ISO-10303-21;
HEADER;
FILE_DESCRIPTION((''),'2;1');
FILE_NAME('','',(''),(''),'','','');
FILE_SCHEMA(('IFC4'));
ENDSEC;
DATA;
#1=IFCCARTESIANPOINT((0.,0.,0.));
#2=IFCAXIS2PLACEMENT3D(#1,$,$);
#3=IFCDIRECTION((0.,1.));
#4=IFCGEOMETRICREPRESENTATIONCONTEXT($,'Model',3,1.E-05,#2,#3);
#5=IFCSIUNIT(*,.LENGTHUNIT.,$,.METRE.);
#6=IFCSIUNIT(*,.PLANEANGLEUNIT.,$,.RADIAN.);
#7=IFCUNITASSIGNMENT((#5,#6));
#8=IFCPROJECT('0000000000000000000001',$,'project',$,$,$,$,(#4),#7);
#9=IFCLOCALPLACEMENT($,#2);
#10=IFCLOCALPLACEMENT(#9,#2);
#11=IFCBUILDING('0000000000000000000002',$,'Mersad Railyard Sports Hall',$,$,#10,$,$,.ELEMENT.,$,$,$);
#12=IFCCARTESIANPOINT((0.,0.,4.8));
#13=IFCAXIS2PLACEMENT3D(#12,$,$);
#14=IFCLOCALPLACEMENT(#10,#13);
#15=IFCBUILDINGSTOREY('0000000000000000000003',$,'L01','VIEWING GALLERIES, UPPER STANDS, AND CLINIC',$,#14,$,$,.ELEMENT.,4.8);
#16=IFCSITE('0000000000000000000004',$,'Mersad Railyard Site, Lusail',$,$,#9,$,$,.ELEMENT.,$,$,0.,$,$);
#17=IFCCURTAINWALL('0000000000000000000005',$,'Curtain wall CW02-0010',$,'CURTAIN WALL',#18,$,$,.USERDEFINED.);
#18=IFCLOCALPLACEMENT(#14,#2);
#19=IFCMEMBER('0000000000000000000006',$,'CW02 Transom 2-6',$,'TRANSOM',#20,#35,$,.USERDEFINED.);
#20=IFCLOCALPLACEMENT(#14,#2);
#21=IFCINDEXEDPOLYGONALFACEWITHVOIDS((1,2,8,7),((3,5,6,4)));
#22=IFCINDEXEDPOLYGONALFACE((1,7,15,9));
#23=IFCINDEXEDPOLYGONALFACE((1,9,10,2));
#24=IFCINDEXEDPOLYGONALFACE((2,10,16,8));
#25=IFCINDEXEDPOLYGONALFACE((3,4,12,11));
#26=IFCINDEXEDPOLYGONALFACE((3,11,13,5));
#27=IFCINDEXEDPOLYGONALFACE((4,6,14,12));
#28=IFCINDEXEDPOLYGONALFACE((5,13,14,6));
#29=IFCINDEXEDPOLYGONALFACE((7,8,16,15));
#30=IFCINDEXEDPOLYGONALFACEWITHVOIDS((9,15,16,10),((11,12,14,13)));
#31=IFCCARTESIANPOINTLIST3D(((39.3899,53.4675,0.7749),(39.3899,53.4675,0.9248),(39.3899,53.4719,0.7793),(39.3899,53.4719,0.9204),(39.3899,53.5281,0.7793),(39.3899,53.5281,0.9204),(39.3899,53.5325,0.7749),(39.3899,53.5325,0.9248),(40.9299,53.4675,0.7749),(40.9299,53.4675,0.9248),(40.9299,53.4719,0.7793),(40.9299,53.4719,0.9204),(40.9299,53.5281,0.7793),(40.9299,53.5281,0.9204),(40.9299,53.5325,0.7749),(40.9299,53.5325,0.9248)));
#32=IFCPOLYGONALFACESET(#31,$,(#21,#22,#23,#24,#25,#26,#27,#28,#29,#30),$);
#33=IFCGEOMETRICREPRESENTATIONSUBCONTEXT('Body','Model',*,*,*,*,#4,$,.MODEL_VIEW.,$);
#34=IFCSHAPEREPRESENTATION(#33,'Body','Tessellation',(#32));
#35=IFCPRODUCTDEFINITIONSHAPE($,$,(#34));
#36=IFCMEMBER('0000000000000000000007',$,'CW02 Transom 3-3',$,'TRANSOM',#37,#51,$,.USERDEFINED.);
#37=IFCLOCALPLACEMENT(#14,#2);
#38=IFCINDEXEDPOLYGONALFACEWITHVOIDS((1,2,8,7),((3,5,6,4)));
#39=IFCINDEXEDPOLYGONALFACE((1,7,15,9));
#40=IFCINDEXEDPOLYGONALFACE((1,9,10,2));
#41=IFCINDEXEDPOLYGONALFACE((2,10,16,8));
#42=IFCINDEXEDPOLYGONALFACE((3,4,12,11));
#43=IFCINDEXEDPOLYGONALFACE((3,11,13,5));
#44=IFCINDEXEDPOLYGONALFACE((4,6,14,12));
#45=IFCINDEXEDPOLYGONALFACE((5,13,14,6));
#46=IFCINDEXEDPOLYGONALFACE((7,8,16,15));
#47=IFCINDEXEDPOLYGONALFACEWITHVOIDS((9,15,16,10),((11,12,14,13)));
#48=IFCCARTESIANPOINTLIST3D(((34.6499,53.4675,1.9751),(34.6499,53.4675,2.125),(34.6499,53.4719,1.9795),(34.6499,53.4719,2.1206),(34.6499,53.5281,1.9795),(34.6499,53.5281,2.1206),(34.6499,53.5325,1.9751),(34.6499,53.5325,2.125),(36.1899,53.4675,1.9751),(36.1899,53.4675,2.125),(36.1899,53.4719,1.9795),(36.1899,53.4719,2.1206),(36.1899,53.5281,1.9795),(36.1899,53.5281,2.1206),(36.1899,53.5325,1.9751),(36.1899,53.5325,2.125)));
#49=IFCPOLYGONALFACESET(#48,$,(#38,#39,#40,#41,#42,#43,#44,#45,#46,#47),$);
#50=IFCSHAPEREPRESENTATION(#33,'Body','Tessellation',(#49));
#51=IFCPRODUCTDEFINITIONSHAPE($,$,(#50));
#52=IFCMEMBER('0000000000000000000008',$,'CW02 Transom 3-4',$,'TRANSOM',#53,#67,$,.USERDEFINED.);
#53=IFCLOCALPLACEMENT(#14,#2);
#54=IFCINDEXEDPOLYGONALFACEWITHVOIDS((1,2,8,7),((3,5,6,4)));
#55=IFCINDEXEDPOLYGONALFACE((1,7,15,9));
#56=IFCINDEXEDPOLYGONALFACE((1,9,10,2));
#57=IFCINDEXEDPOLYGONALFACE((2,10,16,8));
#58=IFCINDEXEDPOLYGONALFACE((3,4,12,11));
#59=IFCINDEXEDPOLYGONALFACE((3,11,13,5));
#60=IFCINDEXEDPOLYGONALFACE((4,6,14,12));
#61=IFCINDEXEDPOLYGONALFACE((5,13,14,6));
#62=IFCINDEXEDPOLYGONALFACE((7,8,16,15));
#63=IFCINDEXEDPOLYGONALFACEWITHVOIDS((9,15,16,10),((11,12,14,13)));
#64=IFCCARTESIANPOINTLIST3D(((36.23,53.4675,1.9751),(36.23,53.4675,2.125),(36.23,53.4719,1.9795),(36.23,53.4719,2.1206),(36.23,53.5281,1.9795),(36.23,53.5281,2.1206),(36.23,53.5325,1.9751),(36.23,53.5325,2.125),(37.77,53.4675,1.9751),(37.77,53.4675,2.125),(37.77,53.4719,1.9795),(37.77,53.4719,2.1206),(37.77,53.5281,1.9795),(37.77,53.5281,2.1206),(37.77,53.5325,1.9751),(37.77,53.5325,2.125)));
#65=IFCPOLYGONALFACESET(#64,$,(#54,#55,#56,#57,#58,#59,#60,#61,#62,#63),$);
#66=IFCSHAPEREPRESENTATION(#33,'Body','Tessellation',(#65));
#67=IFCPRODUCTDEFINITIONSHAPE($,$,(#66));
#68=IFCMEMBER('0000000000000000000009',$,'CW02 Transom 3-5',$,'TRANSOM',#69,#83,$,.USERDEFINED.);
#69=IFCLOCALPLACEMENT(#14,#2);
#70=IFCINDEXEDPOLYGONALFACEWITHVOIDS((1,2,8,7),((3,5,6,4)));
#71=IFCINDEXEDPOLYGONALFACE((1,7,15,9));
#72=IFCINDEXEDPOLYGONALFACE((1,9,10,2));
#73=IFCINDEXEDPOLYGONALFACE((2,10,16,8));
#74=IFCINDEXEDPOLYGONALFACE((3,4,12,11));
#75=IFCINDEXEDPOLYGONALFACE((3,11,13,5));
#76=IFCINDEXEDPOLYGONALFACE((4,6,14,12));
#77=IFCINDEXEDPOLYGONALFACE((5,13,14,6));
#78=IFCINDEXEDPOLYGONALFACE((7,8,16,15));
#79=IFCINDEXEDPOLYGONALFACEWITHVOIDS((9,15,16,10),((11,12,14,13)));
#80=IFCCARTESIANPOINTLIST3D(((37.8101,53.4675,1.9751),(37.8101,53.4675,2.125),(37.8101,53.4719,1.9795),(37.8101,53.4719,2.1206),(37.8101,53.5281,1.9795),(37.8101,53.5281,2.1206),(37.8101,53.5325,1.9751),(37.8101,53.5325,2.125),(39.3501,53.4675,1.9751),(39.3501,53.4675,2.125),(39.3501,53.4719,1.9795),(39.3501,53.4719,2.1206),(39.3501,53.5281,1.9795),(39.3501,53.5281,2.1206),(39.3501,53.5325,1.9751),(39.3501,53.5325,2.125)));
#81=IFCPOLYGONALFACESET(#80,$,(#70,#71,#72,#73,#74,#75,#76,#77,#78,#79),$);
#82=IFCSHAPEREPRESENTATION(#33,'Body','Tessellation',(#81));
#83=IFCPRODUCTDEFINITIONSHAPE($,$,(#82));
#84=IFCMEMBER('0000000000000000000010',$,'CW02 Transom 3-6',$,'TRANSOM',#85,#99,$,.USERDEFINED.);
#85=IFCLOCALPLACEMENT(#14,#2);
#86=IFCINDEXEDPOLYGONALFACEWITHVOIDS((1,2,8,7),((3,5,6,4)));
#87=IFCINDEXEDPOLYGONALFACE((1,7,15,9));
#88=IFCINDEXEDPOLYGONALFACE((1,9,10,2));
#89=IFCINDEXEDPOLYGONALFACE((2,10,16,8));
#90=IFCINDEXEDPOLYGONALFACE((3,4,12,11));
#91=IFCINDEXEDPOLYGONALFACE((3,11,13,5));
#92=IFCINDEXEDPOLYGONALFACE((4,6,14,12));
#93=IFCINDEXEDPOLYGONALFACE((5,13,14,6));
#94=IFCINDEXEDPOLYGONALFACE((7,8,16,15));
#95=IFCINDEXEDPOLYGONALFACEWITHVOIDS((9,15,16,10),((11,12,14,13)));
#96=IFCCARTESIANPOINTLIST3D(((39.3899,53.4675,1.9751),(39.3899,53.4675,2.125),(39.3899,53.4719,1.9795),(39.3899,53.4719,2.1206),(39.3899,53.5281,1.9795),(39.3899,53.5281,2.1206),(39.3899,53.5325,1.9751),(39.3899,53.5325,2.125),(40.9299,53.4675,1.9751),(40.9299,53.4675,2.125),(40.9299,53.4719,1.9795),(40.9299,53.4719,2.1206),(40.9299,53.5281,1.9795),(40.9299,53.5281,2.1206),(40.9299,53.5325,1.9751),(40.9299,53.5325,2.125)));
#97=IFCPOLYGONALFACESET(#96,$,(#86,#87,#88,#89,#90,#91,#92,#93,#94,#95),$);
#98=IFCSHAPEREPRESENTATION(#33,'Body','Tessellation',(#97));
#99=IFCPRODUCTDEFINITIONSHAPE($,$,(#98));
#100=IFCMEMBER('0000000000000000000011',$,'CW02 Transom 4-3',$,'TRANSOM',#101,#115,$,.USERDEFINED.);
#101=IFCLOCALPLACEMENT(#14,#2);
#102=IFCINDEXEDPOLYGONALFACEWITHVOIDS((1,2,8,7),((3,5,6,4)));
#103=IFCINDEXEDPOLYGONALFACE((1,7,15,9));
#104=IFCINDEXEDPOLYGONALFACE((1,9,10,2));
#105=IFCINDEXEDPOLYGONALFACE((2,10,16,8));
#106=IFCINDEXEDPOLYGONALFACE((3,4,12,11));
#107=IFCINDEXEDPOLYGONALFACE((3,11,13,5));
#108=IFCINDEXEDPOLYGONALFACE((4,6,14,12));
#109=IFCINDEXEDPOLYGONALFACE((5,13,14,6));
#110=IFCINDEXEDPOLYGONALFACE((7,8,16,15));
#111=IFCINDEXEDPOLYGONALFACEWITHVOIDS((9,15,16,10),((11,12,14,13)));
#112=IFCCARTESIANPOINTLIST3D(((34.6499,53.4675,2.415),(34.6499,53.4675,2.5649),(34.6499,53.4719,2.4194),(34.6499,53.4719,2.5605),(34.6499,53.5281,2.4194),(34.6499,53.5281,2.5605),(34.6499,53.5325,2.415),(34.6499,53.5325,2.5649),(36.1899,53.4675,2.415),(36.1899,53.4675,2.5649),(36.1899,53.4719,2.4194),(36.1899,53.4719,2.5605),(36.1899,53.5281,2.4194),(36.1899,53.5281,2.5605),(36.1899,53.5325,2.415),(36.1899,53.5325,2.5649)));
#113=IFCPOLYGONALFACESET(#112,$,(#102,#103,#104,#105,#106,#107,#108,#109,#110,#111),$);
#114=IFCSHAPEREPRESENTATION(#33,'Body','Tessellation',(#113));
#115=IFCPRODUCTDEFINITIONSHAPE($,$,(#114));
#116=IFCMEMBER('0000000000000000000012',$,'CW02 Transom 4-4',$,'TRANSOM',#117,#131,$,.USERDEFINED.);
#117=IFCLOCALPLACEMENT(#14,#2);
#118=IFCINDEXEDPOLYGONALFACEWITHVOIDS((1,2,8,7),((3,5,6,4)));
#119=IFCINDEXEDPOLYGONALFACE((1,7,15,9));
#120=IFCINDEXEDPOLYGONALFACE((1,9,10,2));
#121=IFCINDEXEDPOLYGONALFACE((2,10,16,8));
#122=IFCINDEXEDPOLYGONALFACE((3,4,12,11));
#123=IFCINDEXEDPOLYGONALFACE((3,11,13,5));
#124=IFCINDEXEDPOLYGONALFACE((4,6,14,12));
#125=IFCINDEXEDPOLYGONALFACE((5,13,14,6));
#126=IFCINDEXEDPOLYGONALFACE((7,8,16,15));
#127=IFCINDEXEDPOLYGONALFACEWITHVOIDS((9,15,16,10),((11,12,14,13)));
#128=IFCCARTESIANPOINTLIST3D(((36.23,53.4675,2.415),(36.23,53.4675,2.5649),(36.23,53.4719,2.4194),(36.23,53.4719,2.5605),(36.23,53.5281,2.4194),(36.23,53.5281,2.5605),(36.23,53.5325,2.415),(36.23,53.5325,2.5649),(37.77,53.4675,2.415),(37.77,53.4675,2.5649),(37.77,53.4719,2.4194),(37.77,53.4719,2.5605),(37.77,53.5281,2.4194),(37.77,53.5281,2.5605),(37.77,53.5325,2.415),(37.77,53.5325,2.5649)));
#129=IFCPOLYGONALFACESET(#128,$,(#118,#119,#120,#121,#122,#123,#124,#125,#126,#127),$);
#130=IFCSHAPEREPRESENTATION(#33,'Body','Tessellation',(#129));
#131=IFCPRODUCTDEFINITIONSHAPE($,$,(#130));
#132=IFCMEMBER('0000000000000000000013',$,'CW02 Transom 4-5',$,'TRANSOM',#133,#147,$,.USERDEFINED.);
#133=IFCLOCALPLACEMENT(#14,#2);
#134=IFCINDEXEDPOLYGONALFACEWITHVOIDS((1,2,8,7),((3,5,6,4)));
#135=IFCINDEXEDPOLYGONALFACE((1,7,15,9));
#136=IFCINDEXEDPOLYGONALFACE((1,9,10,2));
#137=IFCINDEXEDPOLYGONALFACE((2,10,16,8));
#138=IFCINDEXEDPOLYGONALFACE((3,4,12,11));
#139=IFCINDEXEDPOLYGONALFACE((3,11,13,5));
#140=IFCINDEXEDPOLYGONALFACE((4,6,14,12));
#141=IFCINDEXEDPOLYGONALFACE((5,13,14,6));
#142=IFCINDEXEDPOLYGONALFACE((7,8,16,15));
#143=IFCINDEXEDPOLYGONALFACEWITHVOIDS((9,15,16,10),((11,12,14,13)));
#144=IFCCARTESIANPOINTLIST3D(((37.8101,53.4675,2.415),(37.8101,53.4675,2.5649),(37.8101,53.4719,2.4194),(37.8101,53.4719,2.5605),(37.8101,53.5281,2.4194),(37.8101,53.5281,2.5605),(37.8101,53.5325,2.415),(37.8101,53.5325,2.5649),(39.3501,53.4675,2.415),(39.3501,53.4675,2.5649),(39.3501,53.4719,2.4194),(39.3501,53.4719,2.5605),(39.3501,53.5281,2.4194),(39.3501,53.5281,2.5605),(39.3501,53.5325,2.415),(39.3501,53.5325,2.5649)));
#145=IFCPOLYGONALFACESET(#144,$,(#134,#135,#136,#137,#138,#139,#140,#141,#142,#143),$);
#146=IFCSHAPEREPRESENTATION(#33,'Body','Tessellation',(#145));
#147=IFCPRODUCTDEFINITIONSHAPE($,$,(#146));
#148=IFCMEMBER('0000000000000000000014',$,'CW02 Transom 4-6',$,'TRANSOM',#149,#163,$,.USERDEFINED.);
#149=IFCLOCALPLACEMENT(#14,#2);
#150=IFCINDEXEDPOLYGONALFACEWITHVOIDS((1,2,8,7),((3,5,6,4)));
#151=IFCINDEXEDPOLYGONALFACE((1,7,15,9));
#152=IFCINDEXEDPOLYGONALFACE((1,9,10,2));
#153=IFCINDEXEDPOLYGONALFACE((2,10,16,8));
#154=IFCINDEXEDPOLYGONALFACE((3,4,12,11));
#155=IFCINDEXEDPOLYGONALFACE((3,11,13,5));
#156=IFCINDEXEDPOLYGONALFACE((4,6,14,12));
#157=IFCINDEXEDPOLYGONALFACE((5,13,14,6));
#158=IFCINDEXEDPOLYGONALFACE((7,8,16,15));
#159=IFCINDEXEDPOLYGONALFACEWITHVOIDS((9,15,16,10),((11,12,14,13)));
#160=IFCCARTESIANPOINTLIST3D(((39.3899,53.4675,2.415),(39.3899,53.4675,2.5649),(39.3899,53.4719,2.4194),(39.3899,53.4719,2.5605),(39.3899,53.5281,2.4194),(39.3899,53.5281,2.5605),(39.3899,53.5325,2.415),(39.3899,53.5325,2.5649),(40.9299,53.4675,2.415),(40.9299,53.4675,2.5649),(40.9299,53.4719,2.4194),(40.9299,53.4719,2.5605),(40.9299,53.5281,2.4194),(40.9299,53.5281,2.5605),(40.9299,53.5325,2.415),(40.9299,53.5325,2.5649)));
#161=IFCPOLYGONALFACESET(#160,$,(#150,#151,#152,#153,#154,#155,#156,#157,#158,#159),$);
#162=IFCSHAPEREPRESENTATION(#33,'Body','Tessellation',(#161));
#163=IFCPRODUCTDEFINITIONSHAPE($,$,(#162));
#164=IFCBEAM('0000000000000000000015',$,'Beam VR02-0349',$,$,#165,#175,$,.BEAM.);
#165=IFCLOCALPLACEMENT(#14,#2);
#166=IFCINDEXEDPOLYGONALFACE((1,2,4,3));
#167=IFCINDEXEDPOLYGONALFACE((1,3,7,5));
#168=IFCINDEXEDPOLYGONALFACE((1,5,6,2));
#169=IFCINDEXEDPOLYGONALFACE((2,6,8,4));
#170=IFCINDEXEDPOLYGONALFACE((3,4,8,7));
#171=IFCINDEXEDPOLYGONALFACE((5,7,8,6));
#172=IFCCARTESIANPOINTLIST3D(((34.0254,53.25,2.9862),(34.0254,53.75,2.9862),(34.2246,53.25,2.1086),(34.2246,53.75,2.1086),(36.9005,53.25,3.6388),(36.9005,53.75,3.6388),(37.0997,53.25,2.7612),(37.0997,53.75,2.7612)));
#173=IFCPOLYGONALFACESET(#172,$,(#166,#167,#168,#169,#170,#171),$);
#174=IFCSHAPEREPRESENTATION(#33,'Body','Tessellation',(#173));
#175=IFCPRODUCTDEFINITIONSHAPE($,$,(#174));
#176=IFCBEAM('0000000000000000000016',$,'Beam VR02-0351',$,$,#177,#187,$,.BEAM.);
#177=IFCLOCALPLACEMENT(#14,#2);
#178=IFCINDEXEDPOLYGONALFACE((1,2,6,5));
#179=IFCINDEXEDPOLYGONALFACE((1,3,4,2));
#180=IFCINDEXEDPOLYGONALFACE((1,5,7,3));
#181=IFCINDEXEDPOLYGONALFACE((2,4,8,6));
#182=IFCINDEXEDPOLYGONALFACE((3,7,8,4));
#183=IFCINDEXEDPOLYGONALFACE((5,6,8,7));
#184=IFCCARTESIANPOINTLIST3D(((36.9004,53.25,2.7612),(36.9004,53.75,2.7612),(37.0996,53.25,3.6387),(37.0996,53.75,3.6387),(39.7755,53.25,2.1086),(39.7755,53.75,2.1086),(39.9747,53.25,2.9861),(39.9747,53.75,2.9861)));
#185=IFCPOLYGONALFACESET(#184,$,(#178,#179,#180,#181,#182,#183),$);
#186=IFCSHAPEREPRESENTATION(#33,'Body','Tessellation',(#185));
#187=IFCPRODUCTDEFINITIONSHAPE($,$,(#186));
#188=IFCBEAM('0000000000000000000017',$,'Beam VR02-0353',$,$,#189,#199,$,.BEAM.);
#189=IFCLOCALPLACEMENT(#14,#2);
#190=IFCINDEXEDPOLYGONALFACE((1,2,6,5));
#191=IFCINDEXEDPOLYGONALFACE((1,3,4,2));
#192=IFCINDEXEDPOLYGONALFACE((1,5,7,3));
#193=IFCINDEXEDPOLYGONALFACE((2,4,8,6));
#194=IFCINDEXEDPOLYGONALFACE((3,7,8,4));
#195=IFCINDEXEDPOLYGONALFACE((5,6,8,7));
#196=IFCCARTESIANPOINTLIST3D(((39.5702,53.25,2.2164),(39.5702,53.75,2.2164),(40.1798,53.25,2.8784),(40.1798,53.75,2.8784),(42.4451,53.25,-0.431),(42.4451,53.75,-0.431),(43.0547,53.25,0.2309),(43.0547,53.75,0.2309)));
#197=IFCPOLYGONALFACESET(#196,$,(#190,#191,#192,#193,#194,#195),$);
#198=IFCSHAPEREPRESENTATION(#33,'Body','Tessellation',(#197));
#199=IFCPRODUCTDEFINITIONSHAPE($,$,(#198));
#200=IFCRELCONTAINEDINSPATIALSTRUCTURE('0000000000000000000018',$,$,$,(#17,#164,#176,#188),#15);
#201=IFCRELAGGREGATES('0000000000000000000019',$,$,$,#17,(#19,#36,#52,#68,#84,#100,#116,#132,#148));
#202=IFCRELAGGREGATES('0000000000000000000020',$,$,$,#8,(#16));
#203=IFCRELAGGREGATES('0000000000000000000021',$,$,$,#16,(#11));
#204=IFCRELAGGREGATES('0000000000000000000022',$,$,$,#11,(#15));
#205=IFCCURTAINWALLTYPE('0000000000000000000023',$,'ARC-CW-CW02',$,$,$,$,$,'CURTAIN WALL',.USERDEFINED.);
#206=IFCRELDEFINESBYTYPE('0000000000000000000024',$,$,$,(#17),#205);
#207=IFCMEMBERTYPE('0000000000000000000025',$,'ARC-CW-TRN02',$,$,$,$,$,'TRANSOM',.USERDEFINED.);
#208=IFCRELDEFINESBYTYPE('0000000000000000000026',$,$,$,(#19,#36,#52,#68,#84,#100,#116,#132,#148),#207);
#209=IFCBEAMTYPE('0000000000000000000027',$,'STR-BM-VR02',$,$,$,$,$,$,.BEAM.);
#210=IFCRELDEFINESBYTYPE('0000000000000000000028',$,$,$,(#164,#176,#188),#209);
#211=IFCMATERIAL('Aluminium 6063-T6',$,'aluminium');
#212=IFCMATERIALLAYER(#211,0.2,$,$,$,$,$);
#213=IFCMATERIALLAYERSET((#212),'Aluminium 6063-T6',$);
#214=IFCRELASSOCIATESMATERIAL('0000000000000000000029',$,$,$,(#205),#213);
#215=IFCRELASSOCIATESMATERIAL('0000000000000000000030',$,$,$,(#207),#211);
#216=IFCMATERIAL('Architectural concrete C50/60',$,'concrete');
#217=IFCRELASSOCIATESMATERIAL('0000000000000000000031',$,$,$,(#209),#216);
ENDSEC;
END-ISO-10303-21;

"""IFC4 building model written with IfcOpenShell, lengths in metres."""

from ifc_helpers import new_model, si_unit, direction, frame, origin, origin_2d, place, context, subcontext, project, spatial, rectangle, hollow_rectangle, extrude, material, layer, layer_set, material_profile, profile_set, type_object, element, aggregate, save


model = new_model("IFC4")

# Units and contexts
model_context = context("Model", 3, precision=1e-05, world=origin(), true_north=direction((0.0, 1.0)))
body_context = subcontext(model_context, "Body", "Model", "MODEL_VIEW")
ifc_project = project(units=[si_unit("LENGTHUNIT", "METRE"), si_unit("PLANEANGLEUNIT", "RADIAN")], contexts=[model_context])

# Site, building, storey
site_placement = place(None, origin())
site = spatial("IfcSite", under=ifc_project, at=site_placement, Name="Mersad Railyard Site, Lusail", CompositionType="ELEMENT", RefElevation=0.0)
building_placement = place(site_placement, origin())
building = spatial("IfcBuilding", under=site, at=building_placement, Name="Mersad Railyard Sports Hall", CompositionType="ELEMENT")
storey_placement = place(building_placement, frame((0.0, 0.0, 4.8)))
storey = spatial("IfcBuildingStorey", under=building, at=storey_placement, Name="L01", Description="VIEWING GALLERIES, UPPER STANDS, AND CLINIC", CompositionType="ELEMENT", Elevation=4.8)

# Curtain wall, members
ifc_material_1 = material(Name="Aluminium 6063-T6", Category="aluminium")
ifc_layer_1 = layer(ifc_material_1, 0.2)
ifc_layer_set_1 = layer_set([ifc_layer_1], Name="Aluminium 6063-T6")
curtain_wall_type = type_object("IfcCurtainWallType", Name="ARC-CW-CW02", ElementType="CURTAIN WALL", PredefinedType="USERDEFINED", material=ifc_layer_set_1)
curtain_wall_placement = place(storey_placement, origin())
curtain_wall = element("IfcCurtainWall", 1, at=curtain_wall_placement, inside=storey, type_object=curtain_wall_type, Name="Curtain wall CW02-0010", ObjectType="CURTAIN WALL", PredefinedType="USERDEFINED")
ifc_material_profile_1 = material_profile(ifc_material_1, hollow_rectangle(XDim=0.0649, YDim=0.1499, WallThickness=0.0044, at=origin_2d()), Name="AL TRANSOM 65x150x4.5")
ifc_profile_set_1 = profile_set([ifc_material_profile_1], Name="Aluminium 6063-T6")
member_type_1 = type_object("IfcMemberType", Name="ARC-CW-TRN02", ElementType="TRANSOM", PredefinedType="USERDEFINED", material=ifc_profile_set_1)
member_1_placement = place(storey_placement, frame((39.3899, 53.5, 0.8499), z_axis=(1.0, 0.0, 0.0), x_axis=(0.0, 1.0, 0.0)))
member_1 = element("IfcMember", 2, at=member_1_placement, type_object=member_type_1, Name="CW02 Transom 2-6", ObjectType="TRANSOM", PredefinedType="USERDEFINED", context=body_context, shape_type="SweptSolid", body=[
    extrude(hollow_rectangle(XDim=0.0649, YDim=0.1499, WallThickness=0.0044, at=origin_2d()), origin(), (0.0, 0.0, 1.0), 1.54),
])
member_2_placement = place(storey_placement, frame((34.6499, 53.5, 2.05), z_axis=(1.0, 0.0, 0.0), x_axis=(0.0, 1.0, 0.0)))
member_2 = element("IfcMember", 3, at=member_2_placement, type_object=member_type_1, Name="CW02 Transom 3-3", ObjectType="TRANSOM", PredefinedType="USERDEFINED", context=body_context, shape_type="SweptSolid", body=[
    extrude(hollow_rectangle(XDim=0.0649, YDim=0.1499, WallThickness=0.0044, at=origin_2d()), origin(), (0.0, 0.0, 1.0), 1.54),
])
member_3_placement = place(storey_placement, frame((36.23, 53.5, 2.05), z_axis=(1.0, 0.0, 0.0), x_axis=(0.0, 1.0, 0.0)))
member_3 = element("IfcMember", 4, at=member_3_placement, type_object=member_type_1, Name="CW02 Transom 3-4", ObjectType="TRANSOM", PredefinedType="USERDEFINED", context=body_context, shape_type="SweptSolid", body=[
    extrude(hollow_rectangle(XDim=0.0649, YDim=0.1499, WallThickness=0.0044, at=origin_2d()), origin(), (0.0, 0.0, 1.0), 1.54),
])
member_4_placement = place(storey_placement, frame((37.8101, 53.5, 2.05), z_axis=(1.0, 0.0, 0.0), x_axis=(0.0, 1.0, 0.0)))
member_4 = element("IfcMember", 5, at=member_4_placement, type_object=member_type_1, Name="CW02 Transom 3-5", ObjectType="TRANSOM", PredefinedType="USERDEFINED", context=body_context, shape_type="SweptSolid", body=[
    extrude(hollow_rectangle(XDim=0.0649, YDim=0.1499, WallThickness=0.0044, at=origin_2d()), origin(), (0.0, 0.0, 1.0), 1.54),
])
member_5_placement = place(storey_placement, frame((39.3899, 53.5, 2.05), z_axis=(1.0, 0.0, 0.0), x_axis=(0.0, 1.0, 0.0)))
member_5 = element("IfcMember", 6, at=member_5_placement, type_object=member_type_1, Name="CW02 Transom 3-6", ObjectType="TRANSOM", PredefinedType="USERDEFINED", context=body_context, shape_type="SweptSolid", body=[
    extrude(hollow_rectangle(XDim=0.0649, YDim=0.1499, WallThickness=0.0044, at=origin_2d()), origin(), (0.0, 0.0, 1.0), 1.54),
])
member_6_placement = place(storey_placement, frame((34.6499, 53.5, 2.49), z_axis=(1.0, 0.0, 0.0), x_axis=(0.0, 1.0, 0.0)))
member_6 = element("IfcMember", 7, at=member_6_placement, type_object=member_type_1, Name="CW02 Transom 4-3", ObjectType="TRANSOM", PredefinedType="USERDEFINED", context=body_context, shape_type="SweptSolid", body=[
    extrude(hollow_rectangle(XDim=0.0649, YDim=0.1499, WallThickness=0.0044, at=origin_2d()), origin(), (0.0, 0.0, 1.0), 1.54),
])
member_7_placement = place(storey_placement, frame((36.23, 53.5, 2.49), z_axis=(1.0, 0.0, 0.0), x_axis=(0.0, 1.0, 0.0)))
member_7 = element("IfcMember", 8, at=member_7_placement, type_object=member_type_1, Name="CW02 Transom 4-4", ObjectType="TRANSOM", PredefinedType="USERDEFINED", context=body_context, shape_type="SweptSolid", body=[
    extrude(hollow_rectangle(XDim=0.0649, YDim=0.1499, WallThickness=0.0044, at=origin_2d()), origin(), (0.0, 0.0, 1.0), 1.54),
])
member_8_placement = place(storey_placement, frame((37.8101, 53.5, 2.49), z_axis=(1.0, 0.0, 0.0), x_axis=(0.0, 1.0, 0.0)))
member_8 = element("IfcMember", 9, at=member_8_placement, type_object=member_type_1, Name="CW02 Transom 4-5", ObjectType="TRANSOM", PredefinedType="USERDEFINED", context=body_context, shape_type="SweptSolid", body=[
    extrude(hollow_rectangle(XDim=0.0649, YDim=0.1499, WallThickness=0.0044, at=origin_2d()), origin(), (0.0, 0.0, 1.0), 1.54),
])
member_9_placement = place(storey_placement, frame((39.3899, 53.5, 2.49), z_axis=(1.0, 0.0, 0.0), x_axis=(0.0, 1.0, 0.0)))
member_9 = element("IfcMember", 10, at=member_9_placement, type_object=member_type_1, Name="CW02 Transom 4-6", ObjectType="TRANSOM", PredefinedType="USERDEFINED", context=body_context, shape_type="SweptSolid", body=[
    extrude(hollow_rectangle(XDim=0.0649, YDim=0.1499, WallThickness=0.0044, at=origin_2d()), origin(), (0.0, 0.0, 1.0), 1.54),
])

# Beams
ifc_material_2 = material(Name="Architectural concrete C50/60", Category="concrete")
ifc_material_profile_2 = material_profile(ifc_material_2, rectangle(XDim=0.5, YDim=0.8999, at=origin_2d()), Name="VR 500x900")
ifc_profile_set_2 = profile_set([ifc_material_profile_2], Name="Architectural concrete C50/60")
beam_type = type_object("IfcBeamType", Name="STR-BM-VR02", PredefinedType="BEAM", material=ifc_profile_set_2)
for number, where, z_axis, x_axis, name in (
    (11, (34.125, 53.5, 2.5474), (0.975193, 0.0, 0.221356), (0.0, 1.0, 0.0), "Beam VR02-0349"),
    (12, (37.0, 53.5, 3.2), (0.975193, 0.0, -0.221356), (0.0, 1.0, 0.0), "Beam VR02-0351"),
):
    element("IfcBeam", number, at=place(storey_placement, frame(where, z_axis=z_axis, x_axis=x_axis)), inside=storey, type_object=beam_type, Name=name, PredefinedType="BEAM", context=body_context, shape_type="SweptSolid", body=[
        extrude(rectangle(XDim=0.5, YDim=0.8999, at=origin_2d()), origin(), (0.0, 0.0, 1.0), 2.9482),
    ])
beam_placement = place(storey_placement, frame((39.875, 53.5, 2.5474), z_axis=(0.735617, 0.0, -0.677397), x_axis=(0.0, 1.0, 0.0)))
element("IfcBeam", 13, at=beam_placement, inside=storey, type_object=beam_type, Name="Beam VR02-0353", PredefinedType="BEAM", context=body_context, shape_type="SweptSolid", body=[
    extrude(rectangle(XDim=0.5, YDim=0.8999, at=origin_2d()), origin(), (0.0, 0.0, 1.0), 3.9082),
])

aggregate(curtain_wall, [member_1, member_2, member_3, member_4, member_5, member_6, member_7, member_8, member_9])

save(model, "model.ifc")
